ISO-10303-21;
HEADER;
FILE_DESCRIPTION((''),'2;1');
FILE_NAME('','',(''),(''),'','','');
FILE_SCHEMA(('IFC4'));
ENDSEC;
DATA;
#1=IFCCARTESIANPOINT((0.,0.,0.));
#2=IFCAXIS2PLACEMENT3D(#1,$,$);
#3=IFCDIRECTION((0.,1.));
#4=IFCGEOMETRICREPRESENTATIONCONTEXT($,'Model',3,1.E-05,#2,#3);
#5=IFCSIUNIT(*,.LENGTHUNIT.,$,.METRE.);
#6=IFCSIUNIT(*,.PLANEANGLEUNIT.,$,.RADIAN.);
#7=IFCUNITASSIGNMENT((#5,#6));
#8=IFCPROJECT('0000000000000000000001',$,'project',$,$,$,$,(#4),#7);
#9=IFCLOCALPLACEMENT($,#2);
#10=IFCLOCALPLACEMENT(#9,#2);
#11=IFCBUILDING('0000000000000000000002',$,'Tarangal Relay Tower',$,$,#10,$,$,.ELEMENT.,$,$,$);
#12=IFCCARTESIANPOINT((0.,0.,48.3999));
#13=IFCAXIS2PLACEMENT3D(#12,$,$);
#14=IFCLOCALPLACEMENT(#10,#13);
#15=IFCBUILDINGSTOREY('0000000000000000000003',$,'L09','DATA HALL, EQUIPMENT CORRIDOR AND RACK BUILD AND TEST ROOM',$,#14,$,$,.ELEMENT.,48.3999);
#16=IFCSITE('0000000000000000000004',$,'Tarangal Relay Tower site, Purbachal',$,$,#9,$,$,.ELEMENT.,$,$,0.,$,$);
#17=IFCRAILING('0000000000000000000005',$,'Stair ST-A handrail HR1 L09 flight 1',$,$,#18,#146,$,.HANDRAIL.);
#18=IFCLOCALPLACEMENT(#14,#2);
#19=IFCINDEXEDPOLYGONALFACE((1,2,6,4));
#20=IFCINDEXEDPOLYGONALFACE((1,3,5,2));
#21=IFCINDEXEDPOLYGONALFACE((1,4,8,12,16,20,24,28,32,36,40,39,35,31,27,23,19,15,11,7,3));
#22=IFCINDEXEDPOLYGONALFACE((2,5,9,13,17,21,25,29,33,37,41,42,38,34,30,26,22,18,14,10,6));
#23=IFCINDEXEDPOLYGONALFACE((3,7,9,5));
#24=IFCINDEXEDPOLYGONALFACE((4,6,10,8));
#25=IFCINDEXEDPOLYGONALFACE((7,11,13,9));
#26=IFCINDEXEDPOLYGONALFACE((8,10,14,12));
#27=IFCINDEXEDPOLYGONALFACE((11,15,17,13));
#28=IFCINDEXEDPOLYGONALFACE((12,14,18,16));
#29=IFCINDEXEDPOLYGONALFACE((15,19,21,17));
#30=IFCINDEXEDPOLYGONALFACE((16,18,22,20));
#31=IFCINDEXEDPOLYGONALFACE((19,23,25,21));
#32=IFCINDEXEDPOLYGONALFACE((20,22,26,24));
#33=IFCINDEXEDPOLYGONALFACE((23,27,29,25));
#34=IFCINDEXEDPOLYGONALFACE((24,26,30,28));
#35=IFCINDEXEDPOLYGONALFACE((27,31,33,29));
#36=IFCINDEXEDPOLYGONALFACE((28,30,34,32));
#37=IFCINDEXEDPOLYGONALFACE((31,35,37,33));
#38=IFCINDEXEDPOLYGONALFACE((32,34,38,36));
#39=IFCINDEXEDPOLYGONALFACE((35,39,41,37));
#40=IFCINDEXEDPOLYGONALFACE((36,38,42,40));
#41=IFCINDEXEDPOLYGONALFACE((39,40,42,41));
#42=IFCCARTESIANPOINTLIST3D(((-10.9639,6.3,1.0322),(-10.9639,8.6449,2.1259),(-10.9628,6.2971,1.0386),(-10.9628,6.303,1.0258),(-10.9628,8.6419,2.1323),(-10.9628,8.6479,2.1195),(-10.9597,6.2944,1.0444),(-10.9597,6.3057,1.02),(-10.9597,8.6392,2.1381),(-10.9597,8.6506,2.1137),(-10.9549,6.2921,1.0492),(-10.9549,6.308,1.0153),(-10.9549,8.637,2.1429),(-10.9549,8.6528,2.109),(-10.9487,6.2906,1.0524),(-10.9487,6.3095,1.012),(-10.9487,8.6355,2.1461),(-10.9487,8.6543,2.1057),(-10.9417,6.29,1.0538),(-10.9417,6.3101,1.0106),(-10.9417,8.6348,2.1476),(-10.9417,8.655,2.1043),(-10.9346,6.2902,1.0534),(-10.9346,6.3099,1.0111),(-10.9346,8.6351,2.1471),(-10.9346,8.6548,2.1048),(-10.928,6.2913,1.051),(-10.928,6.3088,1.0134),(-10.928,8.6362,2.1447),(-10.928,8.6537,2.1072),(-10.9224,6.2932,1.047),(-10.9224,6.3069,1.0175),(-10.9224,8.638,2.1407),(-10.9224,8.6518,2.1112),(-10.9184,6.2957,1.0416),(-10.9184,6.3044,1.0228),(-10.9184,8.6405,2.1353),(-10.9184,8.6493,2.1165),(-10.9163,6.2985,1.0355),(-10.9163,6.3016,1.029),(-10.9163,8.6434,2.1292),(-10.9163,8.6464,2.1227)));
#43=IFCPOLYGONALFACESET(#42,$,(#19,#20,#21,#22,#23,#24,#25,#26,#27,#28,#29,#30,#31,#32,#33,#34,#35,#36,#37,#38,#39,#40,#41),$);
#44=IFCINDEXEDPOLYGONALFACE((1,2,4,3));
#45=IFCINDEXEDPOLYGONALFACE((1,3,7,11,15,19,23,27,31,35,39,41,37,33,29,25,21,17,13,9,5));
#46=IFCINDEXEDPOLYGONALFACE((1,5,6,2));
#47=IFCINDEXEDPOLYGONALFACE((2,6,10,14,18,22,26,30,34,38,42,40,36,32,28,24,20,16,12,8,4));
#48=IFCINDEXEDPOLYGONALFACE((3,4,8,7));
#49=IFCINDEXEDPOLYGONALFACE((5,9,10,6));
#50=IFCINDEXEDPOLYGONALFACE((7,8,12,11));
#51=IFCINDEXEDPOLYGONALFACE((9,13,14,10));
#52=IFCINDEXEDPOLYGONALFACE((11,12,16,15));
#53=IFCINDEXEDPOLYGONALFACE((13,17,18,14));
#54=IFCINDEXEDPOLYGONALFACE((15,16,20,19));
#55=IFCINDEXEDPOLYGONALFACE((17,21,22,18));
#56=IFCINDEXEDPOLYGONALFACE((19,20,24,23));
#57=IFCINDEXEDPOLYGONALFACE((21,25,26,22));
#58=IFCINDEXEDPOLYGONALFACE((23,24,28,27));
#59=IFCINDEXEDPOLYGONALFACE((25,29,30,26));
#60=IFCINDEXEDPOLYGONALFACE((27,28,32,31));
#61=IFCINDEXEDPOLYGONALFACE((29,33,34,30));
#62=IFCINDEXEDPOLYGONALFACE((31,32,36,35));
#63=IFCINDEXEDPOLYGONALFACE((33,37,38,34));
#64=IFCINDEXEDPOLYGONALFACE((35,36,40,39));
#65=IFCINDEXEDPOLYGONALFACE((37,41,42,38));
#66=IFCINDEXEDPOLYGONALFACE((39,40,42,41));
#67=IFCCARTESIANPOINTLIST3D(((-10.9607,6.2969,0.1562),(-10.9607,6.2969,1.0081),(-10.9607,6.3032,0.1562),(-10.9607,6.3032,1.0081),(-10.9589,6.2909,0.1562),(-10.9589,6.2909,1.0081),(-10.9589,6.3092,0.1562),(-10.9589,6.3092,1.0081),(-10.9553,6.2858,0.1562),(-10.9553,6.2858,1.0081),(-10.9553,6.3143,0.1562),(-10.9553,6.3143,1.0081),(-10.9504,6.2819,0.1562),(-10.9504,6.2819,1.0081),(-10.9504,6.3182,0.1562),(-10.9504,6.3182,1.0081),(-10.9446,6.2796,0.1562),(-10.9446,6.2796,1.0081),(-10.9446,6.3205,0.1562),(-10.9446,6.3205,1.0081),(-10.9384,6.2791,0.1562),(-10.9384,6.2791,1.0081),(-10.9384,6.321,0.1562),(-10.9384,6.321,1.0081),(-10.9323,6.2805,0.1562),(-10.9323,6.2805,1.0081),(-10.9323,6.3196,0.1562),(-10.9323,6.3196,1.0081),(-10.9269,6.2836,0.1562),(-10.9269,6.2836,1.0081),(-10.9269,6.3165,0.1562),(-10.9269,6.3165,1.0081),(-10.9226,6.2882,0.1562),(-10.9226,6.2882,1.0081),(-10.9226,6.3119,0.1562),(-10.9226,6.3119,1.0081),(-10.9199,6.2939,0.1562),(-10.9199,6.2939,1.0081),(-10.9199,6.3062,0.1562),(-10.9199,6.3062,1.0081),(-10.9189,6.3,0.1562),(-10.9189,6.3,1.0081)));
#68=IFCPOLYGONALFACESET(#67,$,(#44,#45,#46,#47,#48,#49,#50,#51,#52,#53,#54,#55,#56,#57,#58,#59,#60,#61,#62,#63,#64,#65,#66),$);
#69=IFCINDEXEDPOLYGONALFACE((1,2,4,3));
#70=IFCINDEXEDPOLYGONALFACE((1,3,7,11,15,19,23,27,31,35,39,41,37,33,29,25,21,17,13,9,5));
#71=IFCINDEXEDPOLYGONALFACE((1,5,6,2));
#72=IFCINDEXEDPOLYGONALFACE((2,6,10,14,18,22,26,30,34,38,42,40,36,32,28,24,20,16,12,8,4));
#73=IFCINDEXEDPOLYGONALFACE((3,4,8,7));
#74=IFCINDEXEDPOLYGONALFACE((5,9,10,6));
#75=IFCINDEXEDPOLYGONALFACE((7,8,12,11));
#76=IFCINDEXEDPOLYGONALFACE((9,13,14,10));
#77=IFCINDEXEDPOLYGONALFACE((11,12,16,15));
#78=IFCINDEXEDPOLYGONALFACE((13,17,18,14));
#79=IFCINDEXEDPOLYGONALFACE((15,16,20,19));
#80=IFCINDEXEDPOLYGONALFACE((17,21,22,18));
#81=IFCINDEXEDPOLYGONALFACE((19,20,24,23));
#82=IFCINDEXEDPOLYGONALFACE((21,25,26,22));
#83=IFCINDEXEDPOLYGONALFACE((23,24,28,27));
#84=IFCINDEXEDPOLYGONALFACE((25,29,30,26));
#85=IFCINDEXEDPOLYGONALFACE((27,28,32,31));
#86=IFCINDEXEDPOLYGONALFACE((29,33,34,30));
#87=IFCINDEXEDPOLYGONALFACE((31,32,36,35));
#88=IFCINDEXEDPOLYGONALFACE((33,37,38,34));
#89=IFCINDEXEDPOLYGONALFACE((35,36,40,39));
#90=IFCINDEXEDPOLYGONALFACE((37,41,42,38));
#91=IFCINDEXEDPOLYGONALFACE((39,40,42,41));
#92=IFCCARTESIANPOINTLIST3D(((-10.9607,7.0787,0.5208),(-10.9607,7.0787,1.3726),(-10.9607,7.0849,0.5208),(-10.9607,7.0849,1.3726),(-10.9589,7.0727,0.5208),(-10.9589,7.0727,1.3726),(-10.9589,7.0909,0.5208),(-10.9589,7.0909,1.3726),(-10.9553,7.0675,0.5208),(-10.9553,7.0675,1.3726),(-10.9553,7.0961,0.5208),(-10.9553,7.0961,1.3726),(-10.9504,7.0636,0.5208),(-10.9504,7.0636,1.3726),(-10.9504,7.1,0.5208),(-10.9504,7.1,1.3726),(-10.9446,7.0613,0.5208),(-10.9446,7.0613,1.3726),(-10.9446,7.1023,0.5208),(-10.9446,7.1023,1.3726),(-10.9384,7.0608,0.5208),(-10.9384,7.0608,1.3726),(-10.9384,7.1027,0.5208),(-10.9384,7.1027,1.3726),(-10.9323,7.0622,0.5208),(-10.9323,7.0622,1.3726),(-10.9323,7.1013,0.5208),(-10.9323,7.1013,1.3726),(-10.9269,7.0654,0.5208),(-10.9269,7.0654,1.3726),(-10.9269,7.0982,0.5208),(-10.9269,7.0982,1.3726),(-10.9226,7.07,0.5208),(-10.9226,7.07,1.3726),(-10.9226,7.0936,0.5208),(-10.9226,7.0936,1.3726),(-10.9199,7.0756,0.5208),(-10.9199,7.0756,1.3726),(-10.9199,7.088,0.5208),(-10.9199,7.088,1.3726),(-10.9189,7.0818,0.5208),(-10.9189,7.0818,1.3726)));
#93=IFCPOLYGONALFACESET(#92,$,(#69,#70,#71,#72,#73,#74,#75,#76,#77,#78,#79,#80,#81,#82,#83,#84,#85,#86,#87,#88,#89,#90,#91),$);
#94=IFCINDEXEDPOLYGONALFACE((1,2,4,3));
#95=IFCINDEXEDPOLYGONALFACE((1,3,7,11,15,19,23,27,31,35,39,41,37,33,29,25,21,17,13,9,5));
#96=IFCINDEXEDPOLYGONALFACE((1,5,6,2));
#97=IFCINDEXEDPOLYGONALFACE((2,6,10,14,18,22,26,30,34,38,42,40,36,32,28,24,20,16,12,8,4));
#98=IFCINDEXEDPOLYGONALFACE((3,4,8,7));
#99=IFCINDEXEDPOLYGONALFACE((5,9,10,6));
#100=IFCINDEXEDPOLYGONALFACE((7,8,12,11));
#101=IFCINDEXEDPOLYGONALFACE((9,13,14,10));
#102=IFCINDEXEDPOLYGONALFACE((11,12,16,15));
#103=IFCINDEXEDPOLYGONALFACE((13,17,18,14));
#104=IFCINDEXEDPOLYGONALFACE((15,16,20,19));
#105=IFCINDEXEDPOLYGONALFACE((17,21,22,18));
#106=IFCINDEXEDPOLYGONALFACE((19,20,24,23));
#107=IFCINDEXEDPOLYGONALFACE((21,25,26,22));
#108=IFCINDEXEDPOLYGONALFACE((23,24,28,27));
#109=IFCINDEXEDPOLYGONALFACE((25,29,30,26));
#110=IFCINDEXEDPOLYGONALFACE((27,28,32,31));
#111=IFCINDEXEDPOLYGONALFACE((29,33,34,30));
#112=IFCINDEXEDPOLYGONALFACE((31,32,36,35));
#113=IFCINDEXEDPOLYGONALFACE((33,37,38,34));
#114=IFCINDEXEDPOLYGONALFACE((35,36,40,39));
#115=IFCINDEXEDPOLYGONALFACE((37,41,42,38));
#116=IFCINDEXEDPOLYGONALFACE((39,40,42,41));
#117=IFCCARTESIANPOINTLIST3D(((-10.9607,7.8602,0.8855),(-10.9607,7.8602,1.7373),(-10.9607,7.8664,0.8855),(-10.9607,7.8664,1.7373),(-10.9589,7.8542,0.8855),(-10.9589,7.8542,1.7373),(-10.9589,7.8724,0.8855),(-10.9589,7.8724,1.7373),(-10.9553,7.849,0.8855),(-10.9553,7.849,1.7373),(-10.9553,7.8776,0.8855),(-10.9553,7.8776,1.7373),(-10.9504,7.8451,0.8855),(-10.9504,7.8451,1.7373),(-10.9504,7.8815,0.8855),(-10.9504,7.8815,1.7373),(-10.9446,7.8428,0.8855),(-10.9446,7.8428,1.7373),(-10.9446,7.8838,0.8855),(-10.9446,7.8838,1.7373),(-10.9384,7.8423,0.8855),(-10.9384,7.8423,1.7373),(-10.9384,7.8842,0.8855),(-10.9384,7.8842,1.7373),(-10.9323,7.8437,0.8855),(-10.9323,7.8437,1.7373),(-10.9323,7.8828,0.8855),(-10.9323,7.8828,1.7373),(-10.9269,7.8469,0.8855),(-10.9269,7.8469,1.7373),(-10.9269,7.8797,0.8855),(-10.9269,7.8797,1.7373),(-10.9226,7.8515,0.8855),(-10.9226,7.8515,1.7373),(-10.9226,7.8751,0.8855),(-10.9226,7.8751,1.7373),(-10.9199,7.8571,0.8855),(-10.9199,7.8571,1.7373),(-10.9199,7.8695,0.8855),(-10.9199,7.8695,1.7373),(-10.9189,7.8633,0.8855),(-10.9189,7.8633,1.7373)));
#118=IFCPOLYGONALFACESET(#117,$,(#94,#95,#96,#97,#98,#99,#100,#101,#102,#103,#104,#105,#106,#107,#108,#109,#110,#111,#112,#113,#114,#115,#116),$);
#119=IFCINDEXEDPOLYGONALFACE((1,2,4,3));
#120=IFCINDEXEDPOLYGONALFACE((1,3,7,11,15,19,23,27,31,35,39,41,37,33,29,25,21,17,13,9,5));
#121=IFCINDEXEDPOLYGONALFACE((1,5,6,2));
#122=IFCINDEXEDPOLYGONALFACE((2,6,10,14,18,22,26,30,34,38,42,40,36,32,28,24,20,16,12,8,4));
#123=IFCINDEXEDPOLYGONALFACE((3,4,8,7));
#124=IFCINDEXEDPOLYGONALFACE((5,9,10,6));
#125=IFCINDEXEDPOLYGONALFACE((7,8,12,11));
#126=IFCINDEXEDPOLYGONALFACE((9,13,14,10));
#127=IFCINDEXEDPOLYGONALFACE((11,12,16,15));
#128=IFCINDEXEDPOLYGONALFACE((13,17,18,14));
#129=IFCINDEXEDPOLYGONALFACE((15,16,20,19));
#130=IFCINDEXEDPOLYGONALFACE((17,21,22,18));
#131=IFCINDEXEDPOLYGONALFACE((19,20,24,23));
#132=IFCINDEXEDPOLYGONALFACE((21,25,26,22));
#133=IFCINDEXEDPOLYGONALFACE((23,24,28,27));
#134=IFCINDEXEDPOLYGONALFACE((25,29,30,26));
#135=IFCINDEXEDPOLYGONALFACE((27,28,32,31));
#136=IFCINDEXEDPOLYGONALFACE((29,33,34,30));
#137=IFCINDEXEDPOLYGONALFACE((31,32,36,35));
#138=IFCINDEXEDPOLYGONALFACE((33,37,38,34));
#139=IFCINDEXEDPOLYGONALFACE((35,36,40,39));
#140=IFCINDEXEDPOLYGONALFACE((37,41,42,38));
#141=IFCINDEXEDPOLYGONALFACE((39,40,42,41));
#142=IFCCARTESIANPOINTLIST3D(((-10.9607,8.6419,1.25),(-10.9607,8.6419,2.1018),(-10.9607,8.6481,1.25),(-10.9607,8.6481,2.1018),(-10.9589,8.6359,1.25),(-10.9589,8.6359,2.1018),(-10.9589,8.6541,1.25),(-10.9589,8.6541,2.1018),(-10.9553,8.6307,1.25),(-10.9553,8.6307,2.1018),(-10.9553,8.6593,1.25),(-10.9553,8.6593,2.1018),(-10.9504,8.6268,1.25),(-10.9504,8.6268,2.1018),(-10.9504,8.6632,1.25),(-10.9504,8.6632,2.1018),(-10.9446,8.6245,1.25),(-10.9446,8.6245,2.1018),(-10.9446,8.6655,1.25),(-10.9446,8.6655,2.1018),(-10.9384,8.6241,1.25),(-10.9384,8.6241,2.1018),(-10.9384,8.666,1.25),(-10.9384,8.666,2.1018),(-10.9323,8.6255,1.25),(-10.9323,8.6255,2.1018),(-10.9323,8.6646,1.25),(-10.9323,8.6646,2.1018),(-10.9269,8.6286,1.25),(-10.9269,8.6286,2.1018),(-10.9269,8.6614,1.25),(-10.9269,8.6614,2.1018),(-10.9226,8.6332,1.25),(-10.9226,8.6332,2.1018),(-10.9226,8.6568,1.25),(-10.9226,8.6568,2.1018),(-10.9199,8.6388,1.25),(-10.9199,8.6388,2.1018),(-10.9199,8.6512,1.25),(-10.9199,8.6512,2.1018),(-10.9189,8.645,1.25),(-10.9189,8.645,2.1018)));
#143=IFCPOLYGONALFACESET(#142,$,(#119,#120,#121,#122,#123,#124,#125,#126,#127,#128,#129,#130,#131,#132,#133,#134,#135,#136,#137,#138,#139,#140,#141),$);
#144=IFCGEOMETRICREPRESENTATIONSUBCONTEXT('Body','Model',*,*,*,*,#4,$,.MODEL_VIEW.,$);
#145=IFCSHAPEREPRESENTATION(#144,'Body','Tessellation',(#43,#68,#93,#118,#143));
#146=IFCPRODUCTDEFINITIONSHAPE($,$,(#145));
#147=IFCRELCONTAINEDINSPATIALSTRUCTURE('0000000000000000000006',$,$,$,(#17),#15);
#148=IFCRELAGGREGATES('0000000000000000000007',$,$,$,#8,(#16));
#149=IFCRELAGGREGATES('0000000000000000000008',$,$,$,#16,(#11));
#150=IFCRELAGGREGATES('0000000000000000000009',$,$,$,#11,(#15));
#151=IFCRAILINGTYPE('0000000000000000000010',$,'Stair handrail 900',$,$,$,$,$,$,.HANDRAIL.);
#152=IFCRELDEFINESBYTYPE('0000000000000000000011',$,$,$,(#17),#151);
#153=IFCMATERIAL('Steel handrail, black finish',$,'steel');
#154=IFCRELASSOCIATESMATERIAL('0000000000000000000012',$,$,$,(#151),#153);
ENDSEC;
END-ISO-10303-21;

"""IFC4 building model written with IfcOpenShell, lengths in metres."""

from ifc_helpers import new_model, si_unit, direction, frame, origin, origin_2d, place, context, subcontext, project, spatial, circle, extrude, material, type_object, element, save


model = new_model("IFC4")

# Units and contexts
model_context = context("Model", 3, precision=1e-05, world=origin(), true_north=direction((0.0, 1.0)))
body_context = subcontext(model_context, "Body", "Model", "MODEL_VIEW")
ifc_project = project(units=[si_unit("LENGTHUNIT", "METRE"), si_unit("PLANEANGLEUNIT", "RADIAN")], contexts=[model_context])

# Site, building, storey
site_placement = place(None, origin())
site = spatial("IfcSite", under=ifc_project, at=site_placement, Name="Tarangal Relay Tower site, Purbachal", CompositionType="ELEMENT", RefElevation=0.0)
building_placement = place(site_placement, origin())
building = spatial("IfcBuilding", under=site, at=building_placement, Name="Tarangal Relay Tower", CompositionType="ELEMENT")
storey_placement = place(building_placement, frame((0.0, 0.0, 48.3999)))
storey = spatial("IfcBuildingStorey", under=building, at=storey_placement, Name="L09", Description="DATA HALL, EQUIPMENT CORRIDOR AND RACK BUILD AND TEST ROOM", CompositionType="ELEMENT", Elevation=48.3999)

# Railing
ifc_material_1 = material(Name="Steel handrail, black finish", Category="steel")
railing_type = type_object("IfcRailingType", Name="Stair handrail 900", PredefinedType="HANDRAIL", material=ifc_material_1)
for number, where, name in (
    (1, (-10.9399, 6.3, 0.1562), "Stair ST-A handrail HR1 L09 flight 1"),
):
    element("IfcRailing", number, at=place(storey_placement, frame(where)), inside=storey, type_object=railing_type, Name=name, PredefinedType="HANDRAIL", context=body_context, shape_type="SweptSolid", body=[
        extrude(circle(Radius=0.0239, at=origin_2d()), frame((0.0, 0.0, 0.876), z_axis=(0.0, 0.906267, 0.422705), x_axis=(-1.0, 0.0, 0.0)), (0.0, 0.0, 1.0), 2.5874),
        extrude(circle(Radius=0.021, at=origin_2d()), origin(), (0.0, 0.0, 1.0), 0.8518),
        extrude(circle(Radius=0.021, at=origin_2d()), frame((0.0, 0.7817, 0.3645)), (0.0, 0.0, 1.0), 0.8518),
        extrude(circle(Radius=0.021, at=origin_2d()), frame((0.0, 1.5632, 0.7292)), (0.0, 0.0, 1.0), 0.8518),
        extrude(circle(Radius=0.021, at=origin_2d()), frame((0.0, 2.345, 1.0938)), (0.0, 0.0, 1.0), 0.8518),
    ])

save(model, "model.ifc")
